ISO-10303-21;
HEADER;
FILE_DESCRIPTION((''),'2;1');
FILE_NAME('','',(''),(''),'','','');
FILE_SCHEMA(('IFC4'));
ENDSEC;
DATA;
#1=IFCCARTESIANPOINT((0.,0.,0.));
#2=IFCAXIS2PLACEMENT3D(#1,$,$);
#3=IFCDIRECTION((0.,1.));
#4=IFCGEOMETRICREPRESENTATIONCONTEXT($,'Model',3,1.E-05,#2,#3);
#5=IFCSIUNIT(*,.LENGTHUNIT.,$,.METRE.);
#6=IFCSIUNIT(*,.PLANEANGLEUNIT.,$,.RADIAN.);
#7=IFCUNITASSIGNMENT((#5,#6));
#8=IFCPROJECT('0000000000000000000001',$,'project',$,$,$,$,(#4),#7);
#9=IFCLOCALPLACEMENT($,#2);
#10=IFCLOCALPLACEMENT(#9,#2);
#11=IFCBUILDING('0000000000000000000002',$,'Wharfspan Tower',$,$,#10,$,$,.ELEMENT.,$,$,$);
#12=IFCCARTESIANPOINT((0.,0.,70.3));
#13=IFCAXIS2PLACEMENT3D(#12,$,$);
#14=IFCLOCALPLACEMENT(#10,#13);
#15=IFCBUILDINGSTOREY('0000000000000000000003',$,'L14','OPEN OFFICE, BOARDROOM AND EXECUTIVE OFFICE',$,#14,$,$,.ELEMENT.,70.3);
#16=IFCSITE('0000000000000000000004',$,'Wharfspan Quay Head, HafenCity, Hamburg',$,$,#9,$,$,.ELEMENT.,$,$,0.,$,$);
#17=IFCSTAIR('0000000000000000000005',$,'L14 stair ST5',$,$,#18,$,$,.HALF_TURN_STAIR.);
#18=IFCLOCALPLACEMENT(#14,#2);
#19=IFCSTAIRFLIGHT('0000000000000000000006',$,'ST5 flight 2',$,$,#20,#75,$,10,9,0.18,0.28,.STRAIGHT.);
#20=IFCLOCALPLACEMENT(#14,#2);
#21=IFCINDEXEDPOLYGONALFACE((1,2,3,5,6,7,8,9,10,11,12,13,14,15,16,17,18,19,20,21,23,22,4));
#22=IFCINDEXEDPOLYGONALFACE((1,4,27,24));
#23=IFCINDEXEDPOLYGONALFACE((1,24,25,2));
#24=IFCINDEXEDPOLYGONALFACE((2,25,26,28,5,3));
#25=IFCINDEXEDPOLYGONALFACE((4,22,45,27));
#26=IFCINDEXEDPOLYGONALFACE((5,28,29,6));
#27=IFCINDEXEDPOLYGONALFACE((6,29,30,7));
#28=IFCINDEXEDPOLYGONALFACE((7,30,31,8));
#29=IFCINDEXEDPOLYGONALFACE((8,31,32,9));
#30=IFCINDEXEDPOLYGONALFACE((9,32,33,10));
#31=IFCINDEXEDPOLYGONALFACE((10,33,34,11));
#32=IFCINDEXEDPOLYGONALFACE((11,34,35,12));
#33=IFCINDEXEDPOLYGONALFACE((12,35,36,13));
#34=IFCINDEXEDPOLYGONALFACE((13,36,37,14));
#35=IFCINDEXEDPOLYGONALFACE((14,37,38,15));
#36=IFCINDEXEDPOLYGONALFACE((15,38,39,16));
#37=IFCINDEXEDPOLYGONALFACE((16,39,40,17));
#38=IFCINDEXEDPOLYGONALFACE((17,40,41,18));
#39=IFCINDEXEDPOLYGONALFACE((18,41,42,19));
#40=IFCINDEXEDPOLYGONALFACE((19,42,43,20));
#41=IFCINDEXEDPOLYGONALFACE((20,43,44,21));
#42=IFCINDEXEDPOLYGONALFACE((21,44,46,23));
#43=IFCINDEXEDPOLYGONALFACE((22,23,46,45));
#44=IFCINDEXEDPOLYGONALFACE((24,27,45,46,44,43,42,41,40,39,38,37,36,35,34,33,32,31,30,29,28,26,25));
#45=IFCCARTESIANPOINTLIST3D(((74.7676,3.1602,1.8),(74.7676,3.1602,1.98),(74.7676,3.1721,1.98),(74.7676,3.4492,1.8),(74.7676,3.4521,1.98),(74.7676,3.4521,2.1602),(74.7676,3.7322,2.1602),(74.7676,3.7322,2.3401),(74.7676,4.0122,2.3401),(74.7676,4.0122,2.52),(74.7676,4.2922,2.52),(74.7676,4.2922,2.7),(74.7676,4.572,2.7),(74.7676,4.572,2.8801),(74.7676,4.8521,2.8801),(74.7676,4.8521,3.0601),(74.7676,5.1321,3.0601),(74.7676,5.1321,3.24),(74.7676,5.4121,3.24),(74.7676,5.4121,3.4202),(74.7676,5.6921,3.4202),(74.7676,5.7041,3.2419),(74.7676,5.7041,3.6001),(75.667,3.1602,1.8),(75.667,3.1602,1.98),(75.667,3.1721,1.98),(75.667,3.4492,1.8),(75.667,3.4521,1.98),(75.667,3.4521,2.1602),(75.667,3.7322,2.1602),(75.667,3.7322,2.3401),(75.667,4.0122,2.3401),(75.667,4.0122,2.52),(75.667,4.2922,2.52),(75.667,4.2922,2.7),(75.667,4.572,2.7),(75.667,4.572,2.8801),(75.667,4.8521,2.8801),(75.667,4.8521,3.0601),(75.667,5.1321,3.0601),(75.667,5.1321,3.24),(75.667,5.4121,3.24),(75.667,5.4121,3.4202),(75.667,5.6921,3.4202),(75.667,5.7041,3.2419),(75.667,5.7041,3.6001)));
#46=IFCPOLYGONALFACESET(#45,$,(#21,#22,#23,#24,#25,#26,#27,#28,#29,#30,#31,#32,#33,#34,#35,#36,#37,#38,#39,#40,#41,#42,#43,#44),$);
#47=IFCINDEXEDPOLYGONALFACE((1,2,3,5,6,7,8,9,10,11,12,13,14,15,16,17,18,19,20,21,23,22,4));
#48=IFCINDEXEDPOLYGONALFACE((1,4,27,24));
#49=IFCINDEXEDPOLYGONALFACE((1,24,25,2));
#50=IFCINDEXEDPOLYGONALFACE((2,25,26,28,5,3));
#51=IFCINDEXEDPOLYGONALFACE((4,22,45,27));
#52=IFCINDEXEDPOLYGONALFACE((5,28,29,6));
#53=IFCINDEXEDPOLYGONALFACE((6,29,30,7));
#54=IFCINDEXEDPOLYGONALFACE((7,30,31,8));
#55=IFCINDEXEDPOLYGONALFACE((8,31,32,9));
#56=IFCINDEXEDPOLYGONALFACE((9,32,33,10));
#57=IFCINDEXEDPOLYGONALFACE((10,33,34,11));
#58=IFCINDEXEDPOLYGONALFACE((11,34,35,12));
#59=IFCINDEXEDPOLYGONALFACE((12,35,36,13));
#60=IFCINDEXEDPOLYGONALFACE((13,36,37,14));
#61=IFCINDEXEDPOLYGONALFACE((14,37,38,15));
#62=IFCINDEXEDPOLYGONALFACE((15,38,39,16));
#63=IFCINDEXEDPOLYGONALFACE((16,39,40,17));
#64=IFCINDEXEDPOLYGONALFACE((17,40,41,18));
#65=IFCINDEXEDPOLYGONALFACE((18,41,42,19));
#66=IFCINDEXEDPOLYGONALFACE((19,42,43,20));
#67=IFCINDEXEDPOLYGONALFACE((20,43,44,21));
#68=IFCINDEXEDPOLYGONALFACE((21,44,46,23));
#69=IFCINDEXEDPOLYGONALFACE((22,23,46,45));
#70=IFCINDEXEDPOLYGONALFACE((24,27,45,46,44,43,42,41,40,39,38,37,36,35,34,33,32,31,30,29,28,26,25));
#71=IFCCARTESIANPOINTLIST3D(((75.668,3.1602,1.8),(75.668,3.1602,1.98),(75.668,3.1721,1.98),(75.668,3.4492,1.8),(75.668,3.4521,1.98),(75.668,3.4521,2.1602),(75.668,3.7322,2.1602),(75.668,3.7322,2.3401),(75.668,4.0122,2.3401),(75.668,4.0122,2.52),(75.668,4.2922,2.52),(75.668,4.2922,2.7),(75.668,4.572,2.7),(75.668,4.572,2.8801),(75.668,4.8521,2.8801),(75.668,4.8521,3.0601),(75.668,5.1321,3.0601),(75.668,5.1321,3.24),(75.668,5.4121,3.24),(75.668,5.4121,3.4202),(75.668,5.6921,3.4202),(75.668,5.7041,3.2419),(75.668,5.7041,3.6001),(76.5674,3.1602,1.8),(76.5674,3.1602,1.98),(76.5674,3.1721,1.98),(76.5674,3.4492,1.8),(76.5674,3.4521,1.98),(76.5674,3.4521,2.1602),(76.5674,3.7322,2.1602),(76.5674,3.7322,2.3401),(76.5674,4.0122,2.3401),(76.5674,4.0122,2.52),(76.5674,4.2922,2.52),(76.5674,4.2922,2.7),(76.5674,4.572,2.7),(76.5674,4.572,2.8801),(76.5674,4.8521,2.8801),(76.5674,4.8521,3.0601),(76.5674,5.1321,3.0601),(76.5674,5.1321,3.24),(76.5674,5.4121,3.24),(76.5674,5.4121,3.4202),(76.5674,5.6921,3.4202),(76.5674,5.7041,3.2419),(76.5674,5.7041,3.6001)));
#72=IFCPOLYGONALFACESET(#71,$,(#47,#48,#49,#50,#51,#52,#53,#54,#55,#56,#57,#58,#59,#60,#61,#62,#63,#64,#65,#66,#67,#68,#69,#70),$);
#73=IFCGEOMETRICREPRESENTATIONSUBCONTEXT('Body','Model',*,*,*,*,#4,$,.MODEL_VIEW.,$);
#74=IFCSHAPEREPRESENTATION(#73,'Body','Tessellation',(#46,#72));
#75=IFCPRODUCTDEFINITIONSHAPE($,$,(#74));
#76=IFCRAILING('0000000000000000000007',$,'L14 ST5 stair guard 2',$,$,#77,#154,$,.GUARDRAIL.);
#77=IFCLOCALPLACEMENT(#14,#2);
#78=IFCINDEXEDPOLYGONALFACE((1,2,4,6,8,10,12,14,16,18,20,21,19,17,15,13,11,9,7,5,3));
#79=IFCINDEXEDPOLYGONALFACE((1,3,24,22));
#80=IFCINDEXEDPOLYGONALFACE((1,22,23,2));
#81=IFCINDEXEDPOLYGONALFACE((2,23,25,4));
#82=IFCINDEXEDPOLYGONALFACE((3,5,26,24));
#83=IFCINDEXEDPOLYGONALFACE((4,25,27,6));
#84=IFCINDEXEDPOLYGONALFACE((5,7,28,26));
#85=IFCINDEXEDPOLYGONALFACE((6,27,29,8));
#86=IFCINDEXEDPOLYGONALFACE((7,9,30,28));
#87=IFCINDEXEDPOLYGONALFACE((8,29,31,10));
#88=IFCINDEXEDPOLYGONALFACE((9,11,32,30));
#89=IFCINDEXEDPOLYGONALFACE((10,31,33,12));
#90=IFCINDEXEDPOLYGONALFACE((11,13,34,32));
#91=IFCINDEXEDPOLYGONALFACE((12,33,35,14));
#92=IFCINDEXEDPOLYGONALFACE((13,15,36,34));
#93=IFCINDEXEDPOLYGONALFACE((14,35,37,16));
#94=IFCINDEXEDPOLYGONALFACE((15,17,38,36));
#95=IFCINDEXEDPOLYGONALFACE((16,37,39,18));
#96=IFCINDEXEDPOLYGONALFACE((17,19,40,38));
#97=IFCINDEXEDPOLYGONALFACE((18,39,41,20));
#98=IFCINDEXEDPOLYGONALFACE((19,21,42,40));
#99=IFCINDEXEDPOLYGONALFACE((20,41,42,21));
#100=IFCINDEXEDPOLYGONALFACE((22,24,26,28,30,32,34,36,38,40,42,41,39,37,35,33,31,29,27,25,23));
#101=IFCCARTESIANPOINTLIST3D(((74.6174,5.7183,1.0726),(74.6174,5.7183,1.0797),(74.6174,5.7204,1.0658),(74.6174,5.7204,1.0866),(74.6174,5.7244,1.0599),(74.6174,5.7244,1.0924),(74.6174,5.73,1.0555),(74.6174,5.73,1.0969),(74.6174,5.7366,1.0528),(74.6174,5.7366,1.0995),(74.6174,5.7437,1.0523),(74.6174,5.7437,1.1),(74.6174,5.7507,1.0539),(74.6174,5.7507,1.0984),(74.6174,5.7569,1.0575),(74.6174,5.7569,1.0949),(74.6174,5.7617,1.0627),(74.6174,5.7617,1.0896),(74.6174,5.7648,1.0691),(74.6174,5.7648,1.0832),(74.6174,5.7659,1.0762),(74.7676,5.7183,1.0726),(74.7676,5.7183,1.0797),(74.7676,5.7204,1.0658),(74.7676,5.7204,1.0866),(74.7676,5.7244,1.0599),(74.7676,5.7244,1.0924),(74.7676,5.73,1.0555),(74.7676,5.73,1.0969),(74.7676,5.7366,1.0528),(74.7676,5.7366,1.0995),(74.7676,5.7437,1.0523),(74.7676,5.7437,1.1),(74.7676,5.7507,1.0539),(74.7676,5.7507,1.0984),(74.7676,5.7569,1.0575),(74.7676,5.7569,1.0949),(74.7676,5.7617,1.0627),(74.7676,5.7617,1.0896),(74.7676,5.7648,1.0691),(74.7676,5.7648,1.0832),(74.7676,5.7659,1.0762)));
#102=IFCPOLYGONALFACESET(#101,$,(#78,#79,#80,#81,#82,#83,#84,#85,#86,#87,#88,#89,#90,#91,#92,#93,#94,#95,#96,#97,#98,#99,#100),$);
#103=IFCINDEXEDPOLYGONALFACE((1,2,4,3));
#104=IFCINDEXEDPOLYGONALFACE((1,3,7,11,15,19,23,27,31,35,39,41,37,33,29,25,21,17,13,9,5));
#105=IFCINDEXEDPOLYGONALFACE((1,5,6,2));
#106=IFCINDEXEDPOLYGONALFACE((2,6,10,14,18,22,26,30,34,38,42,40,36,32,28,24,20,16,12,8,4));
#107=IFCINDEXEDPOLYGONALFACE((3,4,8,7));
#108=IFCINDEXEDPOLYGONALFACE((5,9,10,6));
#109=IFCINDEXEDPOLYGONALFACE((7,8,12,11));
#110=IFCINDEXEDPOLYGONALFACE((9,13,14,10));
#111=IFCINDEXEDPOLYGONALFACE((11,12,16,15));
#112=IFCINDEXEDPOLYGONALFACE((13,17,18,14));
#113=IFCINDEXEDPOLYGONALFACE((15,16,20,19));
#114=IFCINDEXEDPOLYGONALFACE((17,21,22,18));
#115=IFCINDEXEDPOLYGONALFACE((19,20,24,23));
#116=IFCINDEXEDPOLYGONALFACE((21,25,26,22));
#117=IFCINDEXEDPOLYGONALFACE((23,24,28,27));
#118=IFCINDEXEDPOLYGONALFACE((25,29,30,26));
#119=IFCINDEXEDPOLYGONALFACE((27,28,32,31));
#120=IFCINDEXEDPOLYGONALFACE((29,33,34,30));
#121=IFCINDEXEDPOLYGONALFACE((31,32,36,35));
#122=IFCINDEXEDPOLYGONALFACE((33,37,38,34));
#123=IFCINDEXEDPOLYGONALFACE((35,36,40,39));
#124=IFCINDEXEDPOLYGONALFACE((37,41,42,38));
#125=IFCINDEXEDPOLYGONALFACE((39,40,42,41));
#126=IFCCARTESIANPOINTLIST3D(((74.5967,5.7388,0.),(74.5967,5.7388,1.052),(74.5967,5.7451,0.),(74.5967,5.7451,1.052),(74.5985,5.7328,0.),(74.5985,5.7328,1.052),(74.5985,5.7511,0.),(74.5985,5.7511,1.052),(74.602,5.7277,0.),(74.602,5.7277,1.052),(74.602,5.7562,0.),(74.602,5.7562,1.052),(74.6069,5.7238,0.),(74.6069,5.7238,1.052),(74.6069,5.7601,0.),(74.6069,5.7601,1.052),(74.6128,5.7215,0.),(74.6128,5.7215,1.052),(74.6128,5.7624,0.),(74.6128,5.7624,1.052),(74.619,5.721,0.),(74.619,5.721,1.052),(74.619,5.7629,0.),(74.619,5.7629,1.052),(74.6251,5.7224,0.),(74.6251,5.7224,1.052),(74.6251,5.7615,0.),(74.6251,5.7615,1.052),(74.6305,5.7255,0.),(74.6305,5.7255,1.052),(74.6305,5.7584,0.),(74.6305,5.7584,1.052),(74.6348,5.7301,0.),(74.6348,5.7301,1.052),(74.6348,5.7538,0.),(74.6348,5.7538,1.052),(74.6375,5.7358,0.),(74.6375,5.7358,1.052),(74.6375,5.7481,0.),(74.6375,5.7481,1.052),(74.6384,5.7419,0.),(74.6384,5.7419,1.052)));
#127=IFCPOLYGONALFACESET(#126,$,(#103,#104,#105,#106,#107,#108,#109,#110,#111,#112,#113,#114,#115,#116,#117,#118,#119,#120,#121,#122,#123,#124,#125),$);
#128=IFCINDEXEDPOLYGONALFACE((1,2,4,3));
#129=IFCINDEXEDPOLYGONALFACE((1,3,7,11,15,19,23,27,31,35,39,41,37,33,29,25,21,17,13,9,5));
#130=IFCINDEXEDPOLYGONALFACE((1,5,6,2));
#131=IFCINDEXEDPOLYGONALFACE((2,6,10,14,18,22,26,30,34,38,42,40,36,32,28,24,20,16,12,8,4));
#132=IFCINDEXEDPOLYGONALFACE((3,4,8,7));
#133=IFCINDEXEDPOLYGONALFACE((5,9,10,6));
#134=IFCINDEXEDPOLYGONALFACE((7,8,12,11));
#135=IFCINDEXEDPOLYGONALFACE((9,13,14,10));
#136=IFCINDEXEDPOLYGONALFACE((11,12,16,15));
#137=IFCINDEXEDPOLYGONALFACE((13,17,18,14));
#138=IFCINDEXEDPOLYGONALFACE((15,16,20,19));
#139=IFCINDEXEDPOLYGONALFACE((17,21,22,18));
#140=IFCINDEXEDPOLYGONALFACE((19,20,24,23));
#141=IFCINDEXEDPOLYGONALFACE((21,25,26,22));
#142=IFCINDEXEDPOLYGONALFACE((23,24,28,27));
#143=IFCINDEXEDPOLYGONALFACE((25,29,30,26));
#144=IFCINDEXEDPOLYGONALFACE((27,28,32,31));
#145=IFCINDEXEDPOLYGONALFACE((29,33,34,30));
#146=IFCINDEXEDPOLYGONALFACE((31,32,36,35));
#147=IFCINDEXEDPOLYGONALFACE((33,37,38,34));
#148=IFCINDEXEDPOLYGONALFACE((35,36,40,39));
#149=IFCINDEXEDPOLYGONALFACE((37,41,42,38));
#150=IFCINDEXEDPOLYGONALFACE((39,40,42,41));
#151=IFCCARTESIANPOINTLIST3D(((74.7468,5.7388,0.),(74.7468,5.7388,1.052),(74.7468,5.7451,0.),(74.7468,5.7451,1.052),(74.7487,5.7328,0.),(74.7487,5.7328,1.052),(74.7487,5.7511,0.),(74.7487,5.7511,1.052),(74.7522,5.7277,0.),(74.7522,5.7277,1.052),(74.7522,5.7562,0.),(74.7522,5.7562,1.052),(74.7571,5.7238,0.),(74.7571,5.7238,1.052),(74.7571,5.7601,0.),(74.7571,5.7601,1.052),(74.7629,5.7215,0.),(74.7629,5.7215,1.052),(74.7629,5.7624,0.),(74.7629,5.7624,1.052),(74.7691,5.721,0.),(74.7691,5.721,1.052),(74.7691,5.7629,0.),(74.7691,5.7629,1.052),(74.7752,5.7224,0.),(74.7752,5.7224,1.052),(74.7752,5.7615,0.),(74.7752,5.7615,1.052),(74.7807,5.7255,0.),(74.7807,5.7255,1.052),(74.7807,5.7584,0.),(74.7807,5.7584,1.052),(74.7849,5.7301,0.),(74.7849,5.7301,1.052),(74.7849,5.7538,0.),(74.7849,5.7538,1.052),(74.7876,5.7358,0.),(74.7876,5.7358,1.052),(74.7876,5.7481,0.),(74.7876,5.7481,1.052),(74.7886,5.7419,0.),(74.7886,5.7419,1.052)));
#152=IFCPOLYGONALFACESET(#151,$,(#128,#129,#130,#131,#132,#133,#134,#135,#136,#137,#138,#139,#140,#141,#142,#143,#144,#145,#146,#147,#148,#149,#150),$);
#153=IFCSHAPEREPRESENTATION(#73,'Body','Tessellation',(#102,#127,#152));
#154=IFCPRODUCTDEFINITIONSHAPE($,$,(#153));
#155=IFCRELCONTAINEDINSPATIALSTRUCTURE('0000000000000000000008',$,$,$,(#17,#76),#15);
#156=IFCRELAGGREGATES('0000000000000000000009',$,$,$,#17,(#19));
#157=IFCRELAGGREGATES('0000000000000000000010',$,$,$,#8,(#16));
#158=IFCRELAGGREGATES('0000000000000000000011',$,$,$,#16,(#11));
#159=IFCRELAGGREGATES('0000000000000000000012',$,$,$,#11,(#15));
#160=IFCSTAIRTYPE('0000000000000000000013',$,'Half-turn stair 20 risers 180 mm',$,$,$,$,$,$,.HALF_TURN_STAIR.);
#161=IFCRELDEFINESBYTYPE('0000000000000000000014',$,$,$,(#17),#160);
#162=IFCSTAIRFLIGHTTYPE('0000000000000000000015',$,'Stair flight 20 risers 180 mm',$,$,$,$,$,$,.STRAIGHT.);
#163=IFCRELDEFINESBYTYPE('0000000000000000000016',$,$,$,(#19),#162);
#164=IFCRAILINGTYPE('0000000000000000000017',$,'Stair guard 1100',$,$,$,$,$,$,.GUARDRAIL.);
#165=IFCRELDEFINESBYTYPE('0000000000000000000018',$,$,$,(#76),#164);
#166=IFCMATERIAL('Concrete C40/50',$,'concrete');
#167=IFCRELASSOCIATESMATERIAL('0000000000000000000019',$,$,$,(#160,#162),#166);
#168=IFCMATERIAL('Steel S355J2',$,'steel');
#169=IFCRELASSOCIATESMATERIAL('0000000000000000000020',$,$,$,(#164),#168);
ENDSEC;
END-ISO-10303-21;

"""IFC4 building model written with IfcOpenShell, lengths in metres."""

from ifc_helpers import new_model, si_unit, direction, frame, origin, origin_2d, place, context, subcontext, project, spatial, polyline, circle, outline, extrude, material, type_object, element, aggregate, save


model = new_model("IFC4")

# Units and contexts
model_context = context("Model", 3, precision=1e-05, world=origin(), true_north=direction((0.0, 1.0)))
body_context = subcontext(model_context, "Body", "Model", "MODEL_VIEW")
ifc_project = project(units=[si_unit("LENGTHUNIT", "METRE"), si_unit("PLANEANGLEUNIT", "RADIAN")], contexts=[model_context])

# Site, building, storey
site_placement = place(None, origin())
site = spatial("IfcSite", under=ifc_project, at=site_placement, Name="Wharfspan Quay Head, HafenCity, Hamburg", CompositionType="ELEMENT", RefElevation=0.0)
building_placement = place(site_placement, origin())
building = spatial("IfcBuilding", under=site, at=building_placement, Name="Wharfspan Tower", CompositionType="ELEMENT")
storey_placement = place(building_placement, frame((0.0, 0.0, 70.3)))
storey = spatial("IfcBuildingStorey", under=building, at=storey_placement, Name="L14", Description="OPEN OFFICE, BOARDROOM AND EXECUTIVE OFFICE", CompositionType="ELEMENT", Elevation=70.3)

# Shared definitions
ifc_material_1 = material(Name="Steel S355J2", Category="steel")

# Shared definitions
ifc_material_2 = material(Name="Concrete C40/50", Category="concrete")

# Stair, stair flight
stair_type = type_object("IfcStairType", Name="Half-turn stair 20 risers 180 mm", PredefinedType="HALF_TURN_STAIR", material=ifc_material_2)
stair_placement = place(storey_placement, origin())
stair = element("IfcStair", 1, at=stair_placement, inside=storey, type_object=stair_type, Name="L14 stair ST5", PredefinedType="HALF_TURN_STAIR")
stair_flight_type = type_object("IfcStairFlightType", Name="Stair flight 20 risers 180 mm", PredefinedType="STRAIGHT", material=ifc_material_2)
stair_flight_1_placement = place(storey_placement, frame((75.6675, 3.1721, 1.8), z_axis=(0.0, 0.0, 1.0), x_axis=(0.0, 1.0, 0.0)))
stair_flight_1 = element("IfcStairFlight", 2, at=stair_flight_1_placement, type_object=stair_flight_type, Name="ST5 flight 2", NumberOfRisers=10, NumberOfTreads=9, PredefinedType="STRAIGHT", RiserHeight=0.18, TreadLength=0.28, context=body_context, shape_type="SweptSolid", body=[
    extrude(outline(polyline([(-0.012, 0.0), (-0.012, 0.1799), (0.0, 0.1799), (0.28, 0.1799), (0.28, 0.3601), (0.5601, 0.3601), (0.5601, 0.54), (0.8401, 0.54), (0.8401, 0.72), (1.1201, 0.72), (1.1201, 0.8999), (1.3999, 0.8999), (1.3999, 1.0801), (1.6799, 1.0801), (1.6799, 1.26), (1.96, 1.26), (1.96, 1.4399), (2.24, 1.4399), (2.24, 1.6201), (2.52, 1.6201), (2.532, 1.8), (2.532, 1.4419), (0.2771, 0.0), (-0.012, 0.0)])), frame((0.0, 0.8999, 0.0), z_axis=(0.0, -1.0, 0.0), x_axis=(1.0, 0.0, 0.0)), (0.0, 0.0, 1.0), 0.8994),
    extrude(outline(polyline([(-0.012, 0.0), (-0.012, 0.1799), (0.0, 0.1799), (0.28, 0.1799), (0.28, 0.3601), (0.5601, 0.3601), (0.5601, 0.54), (0.8401, 0.54), (0.8401, 0.72), (1.1201, 0.72), (1.1201, 0.8999), (1.3999, 0.8999), (1.3999, 1.0801), (1.6799, 1.0801), (1.6799, 1.26), (1.96, 1.26), (1.96, 1.4399), (2.24, 1.4399), (2.24, 1.6201), (2.52, 1.6201), (2.532, 1.8), (2.532, 1.4419), (0.2771, 0.0), (-0.012, 0.0)])), frame((0.0, -0.0005, 0.0), z_axis=(0.0, -1.0, 0.0), x_axis=(1.0, 0.0, 0.0)), (0.0, 0.0, 1.0), 0.8994),
])
aggregate(stair, [stair_flight_1])

# Railing
railing_type_1 = type_object("IfcRailingType", Name="Stair guard 1100", PredefinedType="GUARDRAIL", material=ifc_material_1)
railing_1_placement = place(storey_placement, frame((74.6174, 5.7419, 0.0)))
element("IfcRailing", 3, at=railing_1_placement, inside=storey, type_object=railing_type_1, Name="L14 ST5 stair guard 2", PredefinedType="GUARDRAIL", context=body_context, shape_type="SweptSolid", body=[
    extrude(circle(Radius=0.0239, at=origin_2d()), frame((0.0, 0.0, 1.0762), z_axis=(1.0, 0.0, 0.0), x_axis=(0.0, 1.0, 0.0)), (0.0, 0.0, 1.0), 0.1501),
    extrude(circle(Radius=0.021, at=origin_2d()), origin(), (0.0, 0.0, 1.0), 1.052),
    extrude(circle(Radius=0.021, at=origin_2d()), frame((0.1501, 0.0, 0.0)), (0.0, 0.0, 1.0), 1.052),
])

save(model, "model.ifc")
